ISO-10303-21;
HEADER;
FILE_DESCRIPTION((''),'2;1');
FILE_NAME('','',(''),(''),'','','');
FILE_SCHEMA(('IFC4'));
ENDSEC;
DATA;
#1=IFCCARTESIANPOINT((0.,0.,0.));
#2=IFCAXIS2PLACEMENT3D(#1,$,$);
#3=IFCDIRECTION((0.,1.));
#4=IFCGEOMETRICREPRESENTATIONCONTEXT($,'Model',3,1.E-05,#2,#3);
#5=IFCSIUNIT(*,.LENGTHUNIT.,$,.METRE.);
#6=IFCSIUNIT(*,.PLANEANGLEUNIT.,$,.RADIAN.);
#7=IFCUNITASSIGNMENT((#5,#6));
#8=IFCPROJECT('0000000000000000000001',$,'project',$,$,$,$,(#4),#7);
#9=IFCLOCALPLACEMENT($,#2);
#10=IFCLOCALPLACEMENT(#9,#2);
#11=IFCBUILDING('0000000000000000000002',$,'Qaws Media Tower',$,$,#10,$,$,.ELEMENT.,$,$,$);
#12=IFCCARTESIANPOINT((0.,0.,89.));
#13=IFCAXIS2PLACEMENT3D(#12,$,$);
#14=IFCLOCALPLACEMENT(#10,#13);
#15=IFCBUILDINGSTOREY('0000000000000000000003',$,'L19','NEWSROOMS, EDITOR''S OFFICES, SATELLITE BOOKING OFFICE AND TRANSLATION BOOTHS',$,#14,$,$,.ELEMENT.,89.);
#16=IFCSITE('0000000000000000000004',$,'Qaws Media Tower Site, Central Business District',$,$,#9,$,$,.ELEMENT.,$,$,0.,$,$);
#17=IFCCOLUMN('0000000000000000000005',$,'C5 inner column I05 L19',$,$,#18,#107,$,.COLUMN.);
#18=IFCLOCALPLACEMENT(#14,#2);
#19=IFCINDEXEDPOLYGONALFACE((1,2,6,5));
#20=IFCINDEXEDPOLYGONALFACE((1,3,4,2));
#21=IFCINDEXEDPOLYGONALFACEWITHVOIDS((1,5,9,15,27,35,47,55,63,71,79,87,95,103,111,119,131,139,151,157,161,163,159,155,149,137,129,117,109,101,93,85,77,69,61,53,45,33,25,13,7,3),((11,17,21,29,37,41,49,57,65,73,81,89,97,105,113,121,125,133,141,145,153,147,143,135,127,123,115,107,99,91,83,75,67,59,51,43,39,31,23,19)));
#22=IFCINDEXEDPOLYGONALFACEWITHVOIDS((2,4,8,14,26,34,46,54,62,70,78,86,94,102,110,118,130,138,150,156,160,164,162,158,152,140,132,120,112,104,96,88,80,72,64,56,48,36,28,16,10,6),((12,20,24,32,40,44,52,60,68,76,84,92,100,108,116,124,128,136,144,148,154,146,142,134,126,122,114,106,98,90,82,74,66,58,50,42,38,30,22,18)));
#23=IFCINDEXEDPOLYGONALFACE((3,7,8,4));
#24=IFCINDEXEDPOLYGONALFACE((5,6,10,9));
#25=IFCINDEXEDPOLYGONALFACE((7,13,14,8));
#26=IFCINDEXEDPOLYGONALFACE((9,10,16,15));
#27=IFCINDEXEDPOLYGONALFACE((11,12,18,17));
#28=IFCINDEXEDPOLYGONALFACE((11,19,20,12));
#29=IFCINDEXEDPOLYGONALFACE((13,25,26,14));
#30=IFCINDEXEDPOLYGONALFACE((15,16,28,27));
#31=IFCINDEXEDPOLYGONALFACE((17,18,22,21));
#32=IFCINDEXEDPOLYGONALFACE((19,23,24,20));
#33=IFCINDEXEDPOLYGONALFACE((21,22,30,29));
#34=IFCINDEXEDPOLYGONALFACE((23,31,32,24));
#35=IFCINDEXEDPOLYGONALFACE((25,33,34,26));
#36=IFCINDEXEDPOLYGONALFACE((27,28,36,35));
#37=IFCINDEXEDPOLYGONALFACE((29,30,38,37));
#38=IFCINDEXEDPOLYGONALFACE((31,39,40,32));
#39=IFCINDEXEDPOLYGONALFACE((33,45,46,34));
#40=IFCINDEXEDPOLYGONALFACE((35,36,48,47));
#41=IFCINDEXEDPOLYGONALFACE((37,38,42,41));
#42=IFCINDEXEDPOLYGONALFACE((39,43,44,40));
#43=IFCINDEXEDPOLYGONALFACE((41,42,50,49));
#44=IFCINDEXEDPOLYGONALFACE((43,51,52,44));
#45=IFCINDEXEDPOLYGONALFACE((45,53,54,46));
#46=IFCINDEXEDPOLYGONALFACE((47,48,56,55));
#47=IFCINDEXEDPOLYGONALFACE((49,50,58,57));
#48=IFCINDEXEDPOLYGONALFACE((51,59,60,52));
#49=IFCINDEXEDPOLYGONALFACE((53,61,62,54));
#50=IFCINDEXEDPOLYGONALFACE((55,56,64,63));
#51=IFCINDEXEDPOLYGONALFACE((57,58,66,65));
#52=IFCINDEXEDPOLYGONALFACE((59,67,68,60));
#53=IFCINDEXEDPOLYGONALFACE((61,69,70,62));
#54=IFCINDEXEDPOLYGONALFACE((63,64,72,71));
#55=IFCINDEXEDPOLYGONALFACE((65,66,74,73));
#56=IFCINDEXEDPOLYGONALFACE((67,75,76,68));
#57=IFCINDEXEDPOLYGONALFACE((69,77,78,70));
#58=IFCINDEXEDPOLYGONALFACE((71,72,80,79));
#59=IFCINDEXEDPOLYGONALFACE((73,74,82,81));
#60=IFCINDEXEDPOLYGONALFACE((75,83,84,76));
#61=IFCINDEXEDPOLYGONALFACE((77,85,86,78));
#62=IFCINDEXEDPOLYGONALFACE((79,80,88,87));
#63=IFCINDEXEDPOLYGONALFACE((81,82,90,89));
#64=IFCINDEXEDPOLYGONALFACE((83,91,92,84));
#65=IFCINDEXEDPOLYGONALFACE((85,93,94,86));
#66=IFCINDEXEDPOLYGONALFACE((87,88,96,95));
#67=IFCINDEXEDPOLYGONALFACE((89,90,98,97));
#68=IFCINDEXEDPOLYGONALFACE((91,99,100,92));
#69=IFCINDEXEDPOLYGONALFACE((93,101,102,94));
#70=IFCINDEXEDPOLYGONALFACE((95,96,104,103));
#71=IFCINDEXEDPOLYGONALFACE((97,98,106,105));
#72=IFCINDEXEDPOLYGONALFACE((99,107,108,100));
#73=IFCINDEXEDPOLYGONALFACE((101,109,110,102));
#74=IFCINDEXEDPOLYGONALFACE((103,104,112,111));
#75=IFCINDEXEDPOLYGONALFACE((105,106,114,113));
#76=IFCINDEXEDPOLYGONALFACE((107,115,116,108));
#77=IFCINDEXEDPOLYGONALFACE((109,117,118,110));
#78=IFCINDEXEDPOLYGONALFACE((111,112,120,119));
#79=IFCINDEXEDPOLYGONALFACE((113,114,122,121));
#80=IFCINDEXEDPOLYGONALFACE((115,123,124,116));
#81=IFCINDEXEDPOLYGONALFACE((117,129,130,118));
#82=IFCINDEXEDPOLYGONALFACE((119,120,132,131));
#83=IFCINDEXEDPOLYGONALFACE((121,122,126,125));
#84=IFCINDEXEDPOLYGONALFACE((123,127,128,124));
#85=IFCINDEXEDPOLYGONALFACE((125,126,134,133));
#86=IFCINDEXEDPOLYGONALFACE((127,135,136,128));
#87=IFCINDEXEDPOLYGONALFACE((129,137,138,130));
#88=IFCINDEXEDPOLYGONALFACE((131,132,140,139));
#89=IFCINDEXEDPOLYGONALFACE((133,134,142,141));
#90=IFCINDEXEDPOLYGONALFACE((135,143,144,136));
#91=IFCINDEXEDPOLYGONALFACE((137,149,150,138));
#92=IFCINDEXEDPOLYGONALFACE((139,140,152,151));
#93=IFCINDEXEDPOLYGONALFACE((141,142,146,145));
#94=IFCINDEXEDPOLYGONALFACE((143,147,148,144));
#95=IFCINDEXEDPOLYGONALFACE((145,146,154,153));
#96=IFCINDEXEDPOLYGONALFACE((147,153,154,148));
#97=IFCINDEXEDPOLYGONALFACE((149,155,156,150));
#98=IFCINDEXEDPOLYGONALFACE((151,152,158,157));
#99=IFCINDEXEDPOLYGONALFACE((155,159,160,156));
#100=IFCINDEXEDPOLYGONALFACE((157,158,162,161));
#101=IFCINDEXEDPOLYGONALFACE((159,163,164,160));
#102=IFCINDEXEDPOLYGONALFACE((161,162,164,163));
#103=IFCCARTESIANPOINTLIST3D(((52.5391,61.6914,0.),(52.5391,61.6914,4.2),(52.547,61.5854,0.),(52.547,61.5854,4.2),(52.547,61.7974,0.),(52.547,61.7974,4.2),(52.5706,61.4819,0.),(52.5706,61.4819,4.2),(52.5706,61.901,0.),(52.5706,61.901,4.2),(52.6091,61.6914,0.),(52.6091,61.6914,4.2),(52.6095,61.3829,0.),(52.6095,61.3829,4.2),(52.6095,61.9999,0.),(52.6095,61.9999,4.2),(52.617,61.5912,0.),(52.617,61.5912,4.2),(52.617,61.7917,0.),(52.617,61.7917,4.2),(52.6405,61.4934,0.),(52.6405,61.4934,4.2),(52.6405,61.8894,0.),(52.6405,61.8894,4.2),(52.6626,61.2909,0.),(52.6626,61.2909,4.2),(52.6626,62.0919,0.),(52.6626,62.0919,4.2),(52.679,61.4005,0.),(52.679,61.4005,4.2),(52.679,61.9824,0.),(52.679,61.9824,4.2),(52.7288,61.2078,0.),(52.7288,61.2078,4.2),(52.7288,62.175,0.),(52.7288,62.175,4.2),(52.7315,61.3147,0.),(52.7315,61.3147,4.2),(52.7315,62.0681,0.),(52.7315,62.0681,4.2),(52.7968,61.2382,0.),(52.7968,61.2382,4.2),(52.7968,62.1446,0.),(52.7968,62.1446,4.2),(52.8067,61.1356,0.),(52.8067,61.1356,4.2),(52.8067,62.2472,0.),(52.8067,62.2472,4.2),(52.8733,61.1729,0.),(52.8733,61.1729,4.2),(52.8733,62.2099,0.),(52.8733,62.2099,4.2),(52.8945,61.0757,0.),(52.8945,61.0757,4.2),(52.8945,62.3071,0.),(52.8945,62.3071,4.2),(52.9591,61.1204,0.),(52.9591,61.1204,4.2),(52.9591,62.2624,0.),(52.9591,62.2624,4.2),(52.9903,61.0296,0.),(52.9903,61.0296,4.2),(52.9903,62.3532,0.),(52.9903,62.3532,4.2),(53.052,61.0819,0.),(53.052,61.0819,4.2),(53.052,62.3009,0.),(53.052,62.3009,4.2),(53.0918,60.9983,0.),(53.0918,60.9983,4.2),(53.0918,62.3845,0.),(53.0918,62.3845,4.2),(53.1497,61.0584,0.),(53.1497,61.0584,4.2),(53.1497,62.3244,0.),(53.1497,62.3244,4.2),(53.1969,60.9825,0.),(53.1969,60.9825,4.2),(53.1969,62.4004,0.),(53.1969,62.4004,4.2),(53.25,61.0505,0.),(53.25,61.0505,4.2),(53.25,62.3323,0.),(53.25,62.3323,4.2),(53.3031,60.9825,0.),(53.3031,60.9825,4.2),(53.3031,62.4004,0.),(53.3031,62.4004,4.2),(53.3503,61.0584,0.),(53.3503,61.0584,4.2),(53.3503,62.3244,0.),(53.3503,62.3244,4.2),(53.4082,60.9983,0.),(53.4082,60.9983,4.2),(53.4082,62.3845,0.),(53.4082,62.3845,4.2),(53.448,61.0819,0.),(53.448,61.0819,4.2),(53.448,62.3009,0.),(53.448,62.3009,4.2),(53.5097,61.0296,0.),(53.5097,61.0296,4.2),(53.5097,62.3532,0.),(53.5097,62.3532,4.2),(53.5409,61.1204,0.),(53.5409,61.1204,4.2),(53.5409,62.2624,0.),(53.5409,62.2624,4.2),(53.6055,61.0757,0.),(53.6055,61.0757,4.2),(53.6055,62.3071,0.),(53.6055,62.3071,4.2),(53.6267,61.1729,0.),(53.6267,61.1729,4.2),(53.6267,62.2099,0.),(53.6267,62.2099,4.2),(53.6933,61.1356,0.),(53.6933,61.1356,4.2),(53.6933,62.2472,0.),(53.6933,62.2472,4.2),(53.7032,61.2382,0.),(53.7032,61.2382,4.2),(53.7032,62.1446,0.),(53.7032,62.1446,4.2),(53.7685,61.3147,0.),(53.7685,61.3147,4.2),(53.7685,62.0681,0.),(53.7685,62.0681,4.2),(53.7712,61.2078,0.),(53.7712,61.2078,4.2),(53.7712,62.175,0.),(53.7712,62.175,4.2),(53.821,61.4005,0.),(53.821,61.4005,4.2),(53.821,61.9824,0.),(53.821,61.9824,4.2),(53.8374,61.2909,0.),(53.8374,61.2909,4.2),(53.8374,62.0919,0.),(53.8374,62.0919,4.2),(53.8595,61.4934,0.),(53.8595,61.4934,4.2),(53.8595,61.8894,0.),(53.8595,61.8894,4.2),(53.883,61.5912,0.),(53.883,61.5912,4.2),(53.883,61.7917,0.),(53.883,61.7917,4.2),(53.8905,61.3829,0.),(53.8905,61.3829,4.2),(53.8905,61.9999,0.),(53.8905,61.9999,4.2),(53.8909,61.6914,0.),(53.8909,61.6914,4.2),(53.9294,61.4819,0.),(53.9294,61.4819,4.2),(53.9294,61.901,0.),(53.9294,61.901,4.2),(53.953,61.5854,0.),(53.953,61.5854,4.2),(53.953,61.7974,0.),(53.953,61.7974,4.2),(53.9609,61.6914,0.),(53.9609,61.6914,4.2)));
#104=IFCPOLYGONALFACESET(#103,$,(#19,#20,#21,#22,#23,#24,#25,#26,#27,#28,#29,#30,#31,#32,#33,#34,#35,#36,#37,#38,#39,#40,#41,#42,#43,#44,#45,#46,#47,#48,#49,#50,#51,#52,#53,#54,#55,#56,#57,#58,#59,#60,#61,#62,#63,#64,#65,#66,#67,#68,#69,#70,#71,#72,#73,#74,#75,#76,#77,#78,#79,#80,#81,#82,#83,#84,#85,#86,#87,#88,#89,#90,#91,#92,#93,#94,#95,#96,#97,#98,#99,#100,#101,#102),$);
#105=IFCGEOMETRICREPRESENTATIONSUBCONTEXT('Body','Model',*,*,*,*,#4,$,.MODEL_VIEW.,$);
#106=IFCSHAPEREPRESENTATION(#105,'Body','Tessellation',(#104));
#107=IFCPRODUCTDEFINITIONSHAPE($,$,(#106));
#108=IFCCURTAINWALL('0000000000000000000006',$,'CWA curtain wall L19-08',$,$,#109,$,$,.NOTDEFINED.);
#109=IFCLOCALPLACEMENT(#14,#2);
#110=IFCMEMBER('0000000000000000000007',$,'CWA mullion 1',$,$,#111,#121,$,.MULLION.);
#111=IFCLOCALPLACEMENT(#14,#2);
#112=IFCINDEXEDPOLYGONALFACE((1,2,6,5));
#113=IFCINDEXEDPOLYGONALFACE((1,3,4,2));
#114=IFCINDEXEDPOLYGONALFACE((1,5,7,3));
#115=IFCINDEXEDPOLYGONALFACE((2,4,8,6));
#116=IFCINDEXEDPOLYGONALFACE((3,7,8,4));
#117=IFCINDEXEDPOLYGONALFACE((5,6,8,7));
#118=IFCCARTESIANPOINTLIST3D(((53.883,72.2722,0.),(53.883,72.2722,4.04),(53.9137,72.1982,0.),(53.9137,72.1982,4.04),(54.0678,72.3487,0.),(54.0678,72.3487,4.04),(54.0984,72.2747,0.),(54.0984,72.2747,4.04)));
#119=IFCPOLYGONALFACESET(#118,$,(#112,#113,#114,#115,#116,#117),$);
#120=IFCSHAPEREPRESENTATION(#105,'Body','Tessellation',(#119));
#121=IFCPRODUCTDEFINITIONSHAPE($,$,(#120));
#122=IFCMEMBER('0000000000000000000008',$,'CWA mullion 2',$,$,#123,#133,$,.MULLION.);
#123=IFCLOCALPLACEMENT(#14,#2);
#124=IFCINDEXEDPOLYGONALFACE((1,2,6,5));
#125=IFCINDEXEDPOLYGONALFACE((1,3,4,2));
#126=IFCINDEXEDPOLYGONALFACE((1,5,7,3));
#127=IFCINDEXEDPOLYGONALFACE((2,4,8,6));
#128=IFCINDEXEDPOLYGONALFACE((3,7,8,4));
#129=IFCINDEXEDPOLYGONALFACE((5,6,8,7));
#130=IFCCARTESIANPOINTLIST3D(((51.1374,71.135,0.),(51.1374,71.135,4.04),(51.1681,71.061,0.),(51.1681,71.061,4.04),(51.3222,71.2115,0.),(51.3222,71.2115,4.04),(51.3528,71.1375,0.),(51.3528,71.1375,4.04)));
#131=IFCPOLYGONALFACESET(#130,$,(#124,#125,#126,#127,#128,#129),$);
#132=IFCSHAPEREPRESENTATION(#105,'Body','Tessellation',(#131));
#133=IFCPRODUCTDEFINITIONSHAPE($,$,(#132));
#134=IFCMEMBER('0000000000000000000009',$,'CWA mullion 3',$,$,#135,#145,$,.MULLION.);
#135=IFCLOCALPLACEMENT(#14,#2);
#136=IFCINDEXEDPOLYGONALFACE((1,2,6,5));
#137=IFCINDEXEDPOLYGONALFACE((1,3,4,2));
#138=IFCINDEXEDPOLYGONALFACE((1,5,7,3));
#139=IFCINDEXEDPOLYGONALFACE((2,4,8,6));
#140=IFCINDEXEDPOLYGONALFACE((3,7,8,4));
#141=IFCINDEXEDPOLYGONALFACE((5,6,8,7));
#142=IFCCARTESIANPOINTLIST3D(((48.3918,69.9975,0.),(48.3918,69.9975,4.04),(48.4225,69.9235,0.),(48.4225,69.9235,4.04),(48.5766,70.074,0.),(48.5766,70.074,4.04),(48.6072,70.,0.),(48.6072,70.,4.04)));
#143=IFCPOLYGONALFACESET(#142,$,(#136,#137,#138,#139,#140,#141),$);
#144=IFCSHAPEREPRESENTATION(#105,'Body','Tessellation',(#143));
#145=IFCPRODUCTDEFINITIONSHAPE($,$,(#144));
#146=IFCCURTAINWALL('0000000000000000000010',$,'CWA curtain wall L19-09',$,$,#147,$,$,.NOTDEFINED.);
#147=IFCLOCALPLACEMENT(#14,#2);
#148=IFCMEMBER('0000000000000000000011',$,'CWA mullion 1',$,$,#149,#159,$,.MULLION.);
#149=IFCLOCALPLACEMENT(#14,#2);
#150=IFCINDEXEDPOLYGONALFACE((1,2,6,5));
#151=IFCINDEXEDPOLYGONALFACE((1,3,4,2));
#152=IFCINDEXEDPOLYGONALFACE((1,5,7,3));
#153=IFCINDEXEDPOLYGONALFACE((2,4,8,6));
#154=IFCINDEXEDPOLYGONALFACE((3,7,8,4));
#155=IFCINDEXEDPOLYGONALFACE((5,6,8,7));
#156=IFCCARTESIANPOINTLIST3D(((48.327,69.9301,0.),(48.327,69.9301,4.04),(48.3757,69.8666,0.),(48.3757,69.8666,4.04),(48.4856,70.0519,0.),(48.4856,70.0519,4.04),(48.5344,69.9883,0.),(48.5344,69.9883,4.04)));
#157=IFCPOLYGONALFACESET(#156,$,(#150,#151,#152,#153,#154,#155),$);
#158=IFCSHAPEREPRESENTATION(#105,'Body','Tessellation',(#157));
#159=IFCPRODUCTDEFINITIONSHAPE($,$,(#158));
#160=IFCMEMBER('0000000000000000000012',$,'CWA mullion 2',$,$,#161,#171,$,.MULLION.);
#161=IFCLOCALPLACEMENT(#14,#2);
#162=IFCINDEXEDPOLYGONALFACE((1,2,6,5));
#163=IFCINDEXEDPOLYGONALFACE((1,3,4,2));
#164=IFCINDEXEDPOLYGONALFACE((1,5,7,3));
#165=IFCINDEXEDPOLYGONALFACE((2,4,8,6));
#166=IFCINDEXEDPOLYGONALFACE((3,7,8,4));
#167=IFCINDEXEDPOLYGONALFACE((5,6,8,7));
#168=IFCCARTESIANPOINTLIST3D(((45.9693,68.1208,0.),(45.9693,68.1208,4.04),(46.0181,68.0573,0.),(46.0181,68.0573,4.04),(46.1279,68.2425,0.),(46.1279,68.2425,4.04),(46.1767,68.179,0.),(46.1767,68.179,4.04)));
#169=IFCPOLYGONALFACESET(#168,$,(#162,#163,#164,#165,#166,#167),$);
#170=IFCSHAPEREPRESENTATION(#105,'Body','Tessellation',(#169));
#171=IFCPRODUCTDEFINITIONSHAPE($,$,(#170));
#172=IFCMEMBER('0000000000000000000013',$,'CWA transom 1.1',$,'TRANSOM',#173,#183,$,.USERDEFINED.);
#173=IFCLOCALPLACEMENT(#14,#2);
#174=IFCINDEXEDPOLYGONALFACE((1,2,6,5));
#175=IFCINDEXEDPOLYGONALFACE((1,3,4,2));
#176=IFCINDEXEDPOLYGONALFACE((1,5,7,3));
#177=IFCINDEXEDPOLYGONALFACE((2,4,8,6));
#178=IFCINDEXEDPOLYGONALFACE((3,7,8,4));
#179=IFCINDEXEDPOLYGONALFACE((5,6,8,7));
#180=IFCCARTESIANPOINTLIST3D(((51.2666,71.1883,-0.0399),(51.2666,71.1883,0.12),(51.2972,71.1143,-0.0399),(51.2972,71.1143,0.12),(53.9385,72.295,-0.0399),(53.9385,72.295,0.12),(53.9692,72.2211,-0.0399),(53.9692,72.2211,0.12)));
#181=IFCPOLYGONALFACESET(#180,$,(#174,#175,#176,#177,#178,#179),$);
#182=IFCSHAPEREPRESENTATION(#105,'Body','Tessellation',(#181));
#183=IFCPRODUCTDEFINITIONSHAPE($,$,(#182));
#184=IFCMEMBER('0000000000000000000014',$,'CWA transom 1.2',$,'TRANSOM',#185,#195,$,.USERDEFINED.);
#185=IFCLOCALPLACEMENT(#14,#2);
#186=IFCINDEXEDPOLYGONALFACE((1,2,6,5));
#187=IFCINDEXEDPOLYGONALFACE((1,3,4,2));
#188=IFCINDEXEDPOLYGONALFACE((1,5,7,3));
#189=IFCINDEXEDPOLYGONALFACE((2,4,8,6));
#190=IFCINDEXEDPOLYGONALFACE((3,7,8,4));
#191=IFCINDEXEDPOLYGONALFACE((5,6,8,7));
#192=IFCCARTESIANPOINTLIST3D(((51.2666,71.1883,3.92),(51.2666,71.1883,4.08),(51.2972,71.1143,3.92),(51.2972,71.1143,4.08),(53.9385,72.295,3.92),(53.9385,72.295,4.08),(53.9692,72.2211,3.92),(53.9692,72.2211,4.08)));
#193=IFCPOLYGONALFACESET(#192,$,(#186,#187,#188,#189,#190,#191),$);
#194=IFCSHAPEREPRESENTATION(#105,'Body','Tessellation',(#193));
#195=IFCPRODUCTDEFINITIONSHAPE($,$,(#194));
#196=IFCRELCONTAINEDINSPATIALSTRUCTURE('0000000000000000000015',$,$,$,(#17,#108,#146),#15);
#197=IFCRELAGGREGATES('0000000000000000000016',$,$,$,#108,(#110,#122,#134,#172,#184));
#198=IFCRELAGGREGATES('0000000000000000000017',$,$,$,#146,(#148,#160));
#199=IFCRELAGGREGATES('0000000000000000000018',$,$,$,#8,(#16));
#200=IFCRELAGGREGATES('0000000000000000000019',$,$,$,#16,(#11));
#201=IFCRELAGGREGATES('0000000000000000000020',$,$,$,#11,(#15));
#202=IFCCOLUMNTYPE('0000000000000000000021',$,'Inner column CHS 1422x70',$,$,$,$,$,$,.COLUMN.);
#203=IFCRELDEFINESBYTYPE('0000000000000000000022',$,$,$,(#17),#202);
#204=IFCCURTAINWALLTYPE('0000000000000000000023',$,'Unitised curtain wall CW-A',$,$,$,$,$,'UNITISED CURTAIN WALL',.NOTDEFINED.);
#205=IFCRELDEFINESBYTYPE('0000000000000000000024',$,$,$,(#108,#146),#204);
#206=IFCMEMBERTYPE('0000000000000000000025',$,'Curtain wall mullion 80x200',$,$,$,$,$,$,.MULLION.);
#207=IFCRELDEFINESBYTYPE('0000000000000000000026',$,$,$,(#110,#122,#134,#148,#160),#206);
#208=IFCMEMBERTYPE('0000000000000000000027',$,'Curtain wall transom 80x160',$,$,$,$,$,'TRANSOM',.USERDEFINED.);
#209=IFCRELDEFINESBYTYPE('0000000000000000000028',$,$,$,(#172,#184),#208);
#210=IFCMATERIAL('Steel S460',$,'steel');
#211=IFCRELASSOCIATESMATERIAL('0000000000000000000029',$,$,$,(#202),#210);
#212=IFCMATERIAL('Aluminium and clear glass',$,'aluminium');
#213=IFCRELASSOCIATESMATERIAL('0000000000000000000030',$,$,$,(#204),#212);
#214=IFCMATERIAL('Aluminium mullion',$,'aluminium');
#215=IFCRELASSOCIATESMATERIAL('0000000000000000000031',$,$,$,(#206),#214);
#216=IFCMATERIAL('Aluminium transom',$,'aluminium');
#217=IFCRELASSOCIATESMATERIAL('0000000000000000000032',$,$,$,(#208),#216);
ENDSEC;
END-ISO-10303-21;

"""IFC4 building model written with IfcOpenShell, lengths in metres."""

from ifc_helpers import new_model, si_unit, direction, frame, origin, origin_2d, place, context, subcontext, project, spatial, rectangle, hollow_circle, extrude, material, material_profile, profile_set, type_object, element, aggregate, save


model = new_model("IFC4")

# Units and contexts
model_context = context("Model", 3, precision=1e-05, world=origin(), true_north=direction((0.0, 1.0)))
body_context = subcontext(model_context, "Body", "Model", "MODEL_VIEW")
ifc_project = project(units=[si_unit("LENGTHUNIT", "METRE"), si_unit("PLANEANGLEUNIT", "RADIAN")], contexts=[model_context])

# Site, building, storey
site_placement = place(None, origin())
site = spatial("IfcSite", under=ifc_project, at=site_placement, Name="Qaws Media Tower Site, Central Business District", CompositionType="ELEMENT", RefElevation=0.0)
building_placement = place(site_placement, origin())
building = spatial("IfcBuilding", under=site, at=building_placement, Name="Qaws Media Tower", CompositionType="ELEMENT")
storey_placement = place(building_placement, frame((0.0, 0.0, 89.0)))
storey = spatial("IfcBuildingStorey", under=building, at=storey_placement, Name="L19", Description="NEWSROOMS, EDITOR'S OFFICES, SATELLITE BOOKING OFFICE AND TRANSLATION BOOTHS", CompositionType="ELEMENT", Elevation=89.0)

# Column
ifc_material_1 = material(Name="Steel S460", Category="steel")
ifc_material_profile_1 = material_profile(ifc_material_1, hollow_circle(Radius=0.7109, WallThickness=0.0701, at=origin_2d()), Name="CHS 1422x70")
ifc_profile_set_1 = profile_set([ifc_material_profile_1], Name="Steel S460")
column_type = type_object("IfcColumnType", Name="Inner column CHS 1422x70", PredefinedType="COLUMN", material=ifc_profile_set_1)
column_placement = place(storey_placement, frame((53.25, 61.6914, 0.0), z_axis=(0.0, 0.0, 1.0), x_axis=(1.0, 0.0, 0.0)))
element("IfcColumn", 1, at=column_placement, inside=storey, type_object=column_type, Name="C5 inner column I05 L19", PredefinedType="COLUMN", context=body_context, shape_type="SweptSolid", body=[
    extrude(hollow_circle(Radius=0.7109, WallThickness=0.0701, at=origin_2d()), origin(), (0.0, 0.0, 1.0), 4.2),
])

# Curtain walls, members
ifc_material_2 = material(Name="Aluminium and clear glass", Category="aluminium")
curtain_wall_type = type_object("IfcCurtainWallType", Name="Unitised curtain wall CW-A", ElementType="UNITISED CURTAIN WALL", PredefinedType="NOTDEFINED", material=ifc_material_2)
curtain_wall_1_placement = place(storey_placement, origin())
curtain_wall_1 = element("IfcCurtainWall", 2, at=curtain_wall_1_placement, inside=storey, type_object=curtain_wall_type, Name="CWA curtain wall L19-08", PredefinedType="NOTDEFINED")
ifc_material_3 = material(Name="Aluminium mullion", Category="aluminium")
ifc_material_profile_2 = material_profile(ifc_material_3, rectangle(XDim=0.0801, YDim=0.2, at=origin_2d()), Name="80x200")
ifc_profile_set_2 = profile_set([ifc_material_profile_2], Name="Aluminium mullion")
member_type_1 = type_object("IfcMemberType", Name="Curtain wall mullion 80x200", PredefinedType="MULLION", material=ifc_profile_set_2)
member_1_placement = place(storey_placement, frame((53.9907, 72.2734, 0.0), z_axis=(0.0, 0.0, 1.0), x_axis=(0.382683, -0.92388, 0.0)))
member_1 = element("IfcMember", 3, at=member_1_placement, type_object=member_type_1, Name="CWA mullion 1", PredefinedType="MULLION", context=body_context, shape_type="SweptSolid", body=[
    extrude(rectangle(XDim=0.0801, YDim=0.2, at=origin_2d()), origin(), (0.0, 0.0, 1.0), 4.04),
])
member_2_placement = place(storey_placement, frame((51.2451, 71.1362, 0.0), z_axis=(0.0, 0.0, 1.0), x_axis=(0.382683, -0.92388, 0.0)))
member_2 = element("IfcMember", 4, at=member_2_placement, type_object=member_type_1, Name="CWA mullion 2", PredefinedType="MULLION", context=body_context, shape_type="SweptSolid", body=[
    extrude(rectangle(XDim=0.0801, YDim=0.2, at=origin_2d()), origin(), (0.0, 0.0, 1.0), 4.04),
])
member_3_placement = place(storey_placement, frame((48.4995, 69.9988, 0.0), z_axis=(0.0, 0.0, 1.0), x_axis=(0.382683, -0.92388, 0.0)))
member_3 = element("IfcMember", 5, at=member_3_placement, type_object=member_type_1, Name="CWA mullion 3", PredefinedType="MULLION", context=body_context, shape_type="SweptSolid", body=[
    extrude(rectangle(XDim=0.0801, YDim=0.2, at=origin_2d()), origin(), (0.0, 0.0, 1.0), 4.04),
])
curtain_wall_2_placement = place(storey_placement, origin())
curtain_wall_2 = element("IfcCurtainWall", 6, at=curtain_wall_2_placement, inside=storey, type_object=curtain_wall_type, Name="CWA curtain wall L19-09", PredefinedType="NOTDEFINED")
member_4_placement = place(storey_placement, frame((48.4307, 69.9592, 0.0), z_axis=(0.0, 0.0, 1.0), x_axis=(0.608761, -0.793353, 0.0)))
member_4 = element("IfcMember", 7, at=member_4_placement, type_object=member_type_1, Name="CWA mullion 1", PredefinedType="MULLION", context=body_context, shape_type="SweptSolid", body=[
    extrude(rectangle(XDim=0.0801, YDim=0.2, at=origin_2d()), origin(), (0.0, 0.0, 1.0), 4.04),
])
member_5_placement = place(storey_placement, frame((46.073, 68.1499, 0.0), z_axis=(0.0, 0.0, 1.0), x_axis=(0.608761, -0.793353, 0.0)))
member_5 = element("IfcMember", 8, at=member_5_placement, type_object=member_type_1, Name="CWA mullion 2", PredefinedType="MULLION", context=body_context, shape_type="SweptSolid", body=[
    extrude(rectangle(XDim=0.0801, YDim=0.2, at=origin_2d()), origin(), (0.0, 0.0, 1.0), 4.04),
])

# Members
ifc_material_4 = material(Name="Aluminium transom", Category="aluminium")
ifc_material_profile_3 = material_profile(ifc_material_4, rectangle(XDim=0.0801, YDim=0.1599, at=origin_2d()), Name="80x160")
ifc_profile_set_3 = profile_set([ifc_material_profile_3], Name="Aluminium transom")
member_type_2 = type_object("IfcMemberType", Name="Curtain wall transom 80x160", ElementType="TRANSOM", PredefinedType="USERDEFINED", material=ifc_profile_set_3)
member_6_placement = place(storey_placement, frame((53.9539, 72.2581, 0.04), z_axis=(-0.923884, -0.382672, 0.0), x_axis=(0.382672, -0.923884, 0.0)))
member_6 = element("IfcMember", 9, at=member_6_placement, type_object=member_type_2, Name="CWA transom 1.1", ObjectType="TRANSOM", PredefinedType="USERDEFINED", context=body_context, shape_type="SweptSolid", body=[
    extrude(rectangle(XDim=0.0801, YDim=0.1599, at=origin_2d()), origin(), (0.0, 0.0, 1.0), 2.8921),
])
member_7_placement = place(storey_placement, frame((53.9539, 72.2581, 4.0), z_axis=(-0.923884, -0.382672, 0.0), x_axis=(0.382672, -0.923884, 0.0)))
member_7 = element("IfcMember", 10, at=member_7_placement, type_object=member_type_2, Name="CWA transom 1.2", ObjectType="TRANSOM", PredefinedType="USERDEFINED", context=body_context, shape_type="SweptSolid", body=[
    extrude(rectangle(XDim=0.0801, YDim=0.1599, at=origin_2d()), origin(), (0.0, 0.0, 1.0), 2.8921),
])

aggregate(curtain_wall_1, [member_1, member_2, member_3, member_6, member_7])
aggregate(curtain_wall_2, [member_4, member_5])

save(model, "model.ifc")
